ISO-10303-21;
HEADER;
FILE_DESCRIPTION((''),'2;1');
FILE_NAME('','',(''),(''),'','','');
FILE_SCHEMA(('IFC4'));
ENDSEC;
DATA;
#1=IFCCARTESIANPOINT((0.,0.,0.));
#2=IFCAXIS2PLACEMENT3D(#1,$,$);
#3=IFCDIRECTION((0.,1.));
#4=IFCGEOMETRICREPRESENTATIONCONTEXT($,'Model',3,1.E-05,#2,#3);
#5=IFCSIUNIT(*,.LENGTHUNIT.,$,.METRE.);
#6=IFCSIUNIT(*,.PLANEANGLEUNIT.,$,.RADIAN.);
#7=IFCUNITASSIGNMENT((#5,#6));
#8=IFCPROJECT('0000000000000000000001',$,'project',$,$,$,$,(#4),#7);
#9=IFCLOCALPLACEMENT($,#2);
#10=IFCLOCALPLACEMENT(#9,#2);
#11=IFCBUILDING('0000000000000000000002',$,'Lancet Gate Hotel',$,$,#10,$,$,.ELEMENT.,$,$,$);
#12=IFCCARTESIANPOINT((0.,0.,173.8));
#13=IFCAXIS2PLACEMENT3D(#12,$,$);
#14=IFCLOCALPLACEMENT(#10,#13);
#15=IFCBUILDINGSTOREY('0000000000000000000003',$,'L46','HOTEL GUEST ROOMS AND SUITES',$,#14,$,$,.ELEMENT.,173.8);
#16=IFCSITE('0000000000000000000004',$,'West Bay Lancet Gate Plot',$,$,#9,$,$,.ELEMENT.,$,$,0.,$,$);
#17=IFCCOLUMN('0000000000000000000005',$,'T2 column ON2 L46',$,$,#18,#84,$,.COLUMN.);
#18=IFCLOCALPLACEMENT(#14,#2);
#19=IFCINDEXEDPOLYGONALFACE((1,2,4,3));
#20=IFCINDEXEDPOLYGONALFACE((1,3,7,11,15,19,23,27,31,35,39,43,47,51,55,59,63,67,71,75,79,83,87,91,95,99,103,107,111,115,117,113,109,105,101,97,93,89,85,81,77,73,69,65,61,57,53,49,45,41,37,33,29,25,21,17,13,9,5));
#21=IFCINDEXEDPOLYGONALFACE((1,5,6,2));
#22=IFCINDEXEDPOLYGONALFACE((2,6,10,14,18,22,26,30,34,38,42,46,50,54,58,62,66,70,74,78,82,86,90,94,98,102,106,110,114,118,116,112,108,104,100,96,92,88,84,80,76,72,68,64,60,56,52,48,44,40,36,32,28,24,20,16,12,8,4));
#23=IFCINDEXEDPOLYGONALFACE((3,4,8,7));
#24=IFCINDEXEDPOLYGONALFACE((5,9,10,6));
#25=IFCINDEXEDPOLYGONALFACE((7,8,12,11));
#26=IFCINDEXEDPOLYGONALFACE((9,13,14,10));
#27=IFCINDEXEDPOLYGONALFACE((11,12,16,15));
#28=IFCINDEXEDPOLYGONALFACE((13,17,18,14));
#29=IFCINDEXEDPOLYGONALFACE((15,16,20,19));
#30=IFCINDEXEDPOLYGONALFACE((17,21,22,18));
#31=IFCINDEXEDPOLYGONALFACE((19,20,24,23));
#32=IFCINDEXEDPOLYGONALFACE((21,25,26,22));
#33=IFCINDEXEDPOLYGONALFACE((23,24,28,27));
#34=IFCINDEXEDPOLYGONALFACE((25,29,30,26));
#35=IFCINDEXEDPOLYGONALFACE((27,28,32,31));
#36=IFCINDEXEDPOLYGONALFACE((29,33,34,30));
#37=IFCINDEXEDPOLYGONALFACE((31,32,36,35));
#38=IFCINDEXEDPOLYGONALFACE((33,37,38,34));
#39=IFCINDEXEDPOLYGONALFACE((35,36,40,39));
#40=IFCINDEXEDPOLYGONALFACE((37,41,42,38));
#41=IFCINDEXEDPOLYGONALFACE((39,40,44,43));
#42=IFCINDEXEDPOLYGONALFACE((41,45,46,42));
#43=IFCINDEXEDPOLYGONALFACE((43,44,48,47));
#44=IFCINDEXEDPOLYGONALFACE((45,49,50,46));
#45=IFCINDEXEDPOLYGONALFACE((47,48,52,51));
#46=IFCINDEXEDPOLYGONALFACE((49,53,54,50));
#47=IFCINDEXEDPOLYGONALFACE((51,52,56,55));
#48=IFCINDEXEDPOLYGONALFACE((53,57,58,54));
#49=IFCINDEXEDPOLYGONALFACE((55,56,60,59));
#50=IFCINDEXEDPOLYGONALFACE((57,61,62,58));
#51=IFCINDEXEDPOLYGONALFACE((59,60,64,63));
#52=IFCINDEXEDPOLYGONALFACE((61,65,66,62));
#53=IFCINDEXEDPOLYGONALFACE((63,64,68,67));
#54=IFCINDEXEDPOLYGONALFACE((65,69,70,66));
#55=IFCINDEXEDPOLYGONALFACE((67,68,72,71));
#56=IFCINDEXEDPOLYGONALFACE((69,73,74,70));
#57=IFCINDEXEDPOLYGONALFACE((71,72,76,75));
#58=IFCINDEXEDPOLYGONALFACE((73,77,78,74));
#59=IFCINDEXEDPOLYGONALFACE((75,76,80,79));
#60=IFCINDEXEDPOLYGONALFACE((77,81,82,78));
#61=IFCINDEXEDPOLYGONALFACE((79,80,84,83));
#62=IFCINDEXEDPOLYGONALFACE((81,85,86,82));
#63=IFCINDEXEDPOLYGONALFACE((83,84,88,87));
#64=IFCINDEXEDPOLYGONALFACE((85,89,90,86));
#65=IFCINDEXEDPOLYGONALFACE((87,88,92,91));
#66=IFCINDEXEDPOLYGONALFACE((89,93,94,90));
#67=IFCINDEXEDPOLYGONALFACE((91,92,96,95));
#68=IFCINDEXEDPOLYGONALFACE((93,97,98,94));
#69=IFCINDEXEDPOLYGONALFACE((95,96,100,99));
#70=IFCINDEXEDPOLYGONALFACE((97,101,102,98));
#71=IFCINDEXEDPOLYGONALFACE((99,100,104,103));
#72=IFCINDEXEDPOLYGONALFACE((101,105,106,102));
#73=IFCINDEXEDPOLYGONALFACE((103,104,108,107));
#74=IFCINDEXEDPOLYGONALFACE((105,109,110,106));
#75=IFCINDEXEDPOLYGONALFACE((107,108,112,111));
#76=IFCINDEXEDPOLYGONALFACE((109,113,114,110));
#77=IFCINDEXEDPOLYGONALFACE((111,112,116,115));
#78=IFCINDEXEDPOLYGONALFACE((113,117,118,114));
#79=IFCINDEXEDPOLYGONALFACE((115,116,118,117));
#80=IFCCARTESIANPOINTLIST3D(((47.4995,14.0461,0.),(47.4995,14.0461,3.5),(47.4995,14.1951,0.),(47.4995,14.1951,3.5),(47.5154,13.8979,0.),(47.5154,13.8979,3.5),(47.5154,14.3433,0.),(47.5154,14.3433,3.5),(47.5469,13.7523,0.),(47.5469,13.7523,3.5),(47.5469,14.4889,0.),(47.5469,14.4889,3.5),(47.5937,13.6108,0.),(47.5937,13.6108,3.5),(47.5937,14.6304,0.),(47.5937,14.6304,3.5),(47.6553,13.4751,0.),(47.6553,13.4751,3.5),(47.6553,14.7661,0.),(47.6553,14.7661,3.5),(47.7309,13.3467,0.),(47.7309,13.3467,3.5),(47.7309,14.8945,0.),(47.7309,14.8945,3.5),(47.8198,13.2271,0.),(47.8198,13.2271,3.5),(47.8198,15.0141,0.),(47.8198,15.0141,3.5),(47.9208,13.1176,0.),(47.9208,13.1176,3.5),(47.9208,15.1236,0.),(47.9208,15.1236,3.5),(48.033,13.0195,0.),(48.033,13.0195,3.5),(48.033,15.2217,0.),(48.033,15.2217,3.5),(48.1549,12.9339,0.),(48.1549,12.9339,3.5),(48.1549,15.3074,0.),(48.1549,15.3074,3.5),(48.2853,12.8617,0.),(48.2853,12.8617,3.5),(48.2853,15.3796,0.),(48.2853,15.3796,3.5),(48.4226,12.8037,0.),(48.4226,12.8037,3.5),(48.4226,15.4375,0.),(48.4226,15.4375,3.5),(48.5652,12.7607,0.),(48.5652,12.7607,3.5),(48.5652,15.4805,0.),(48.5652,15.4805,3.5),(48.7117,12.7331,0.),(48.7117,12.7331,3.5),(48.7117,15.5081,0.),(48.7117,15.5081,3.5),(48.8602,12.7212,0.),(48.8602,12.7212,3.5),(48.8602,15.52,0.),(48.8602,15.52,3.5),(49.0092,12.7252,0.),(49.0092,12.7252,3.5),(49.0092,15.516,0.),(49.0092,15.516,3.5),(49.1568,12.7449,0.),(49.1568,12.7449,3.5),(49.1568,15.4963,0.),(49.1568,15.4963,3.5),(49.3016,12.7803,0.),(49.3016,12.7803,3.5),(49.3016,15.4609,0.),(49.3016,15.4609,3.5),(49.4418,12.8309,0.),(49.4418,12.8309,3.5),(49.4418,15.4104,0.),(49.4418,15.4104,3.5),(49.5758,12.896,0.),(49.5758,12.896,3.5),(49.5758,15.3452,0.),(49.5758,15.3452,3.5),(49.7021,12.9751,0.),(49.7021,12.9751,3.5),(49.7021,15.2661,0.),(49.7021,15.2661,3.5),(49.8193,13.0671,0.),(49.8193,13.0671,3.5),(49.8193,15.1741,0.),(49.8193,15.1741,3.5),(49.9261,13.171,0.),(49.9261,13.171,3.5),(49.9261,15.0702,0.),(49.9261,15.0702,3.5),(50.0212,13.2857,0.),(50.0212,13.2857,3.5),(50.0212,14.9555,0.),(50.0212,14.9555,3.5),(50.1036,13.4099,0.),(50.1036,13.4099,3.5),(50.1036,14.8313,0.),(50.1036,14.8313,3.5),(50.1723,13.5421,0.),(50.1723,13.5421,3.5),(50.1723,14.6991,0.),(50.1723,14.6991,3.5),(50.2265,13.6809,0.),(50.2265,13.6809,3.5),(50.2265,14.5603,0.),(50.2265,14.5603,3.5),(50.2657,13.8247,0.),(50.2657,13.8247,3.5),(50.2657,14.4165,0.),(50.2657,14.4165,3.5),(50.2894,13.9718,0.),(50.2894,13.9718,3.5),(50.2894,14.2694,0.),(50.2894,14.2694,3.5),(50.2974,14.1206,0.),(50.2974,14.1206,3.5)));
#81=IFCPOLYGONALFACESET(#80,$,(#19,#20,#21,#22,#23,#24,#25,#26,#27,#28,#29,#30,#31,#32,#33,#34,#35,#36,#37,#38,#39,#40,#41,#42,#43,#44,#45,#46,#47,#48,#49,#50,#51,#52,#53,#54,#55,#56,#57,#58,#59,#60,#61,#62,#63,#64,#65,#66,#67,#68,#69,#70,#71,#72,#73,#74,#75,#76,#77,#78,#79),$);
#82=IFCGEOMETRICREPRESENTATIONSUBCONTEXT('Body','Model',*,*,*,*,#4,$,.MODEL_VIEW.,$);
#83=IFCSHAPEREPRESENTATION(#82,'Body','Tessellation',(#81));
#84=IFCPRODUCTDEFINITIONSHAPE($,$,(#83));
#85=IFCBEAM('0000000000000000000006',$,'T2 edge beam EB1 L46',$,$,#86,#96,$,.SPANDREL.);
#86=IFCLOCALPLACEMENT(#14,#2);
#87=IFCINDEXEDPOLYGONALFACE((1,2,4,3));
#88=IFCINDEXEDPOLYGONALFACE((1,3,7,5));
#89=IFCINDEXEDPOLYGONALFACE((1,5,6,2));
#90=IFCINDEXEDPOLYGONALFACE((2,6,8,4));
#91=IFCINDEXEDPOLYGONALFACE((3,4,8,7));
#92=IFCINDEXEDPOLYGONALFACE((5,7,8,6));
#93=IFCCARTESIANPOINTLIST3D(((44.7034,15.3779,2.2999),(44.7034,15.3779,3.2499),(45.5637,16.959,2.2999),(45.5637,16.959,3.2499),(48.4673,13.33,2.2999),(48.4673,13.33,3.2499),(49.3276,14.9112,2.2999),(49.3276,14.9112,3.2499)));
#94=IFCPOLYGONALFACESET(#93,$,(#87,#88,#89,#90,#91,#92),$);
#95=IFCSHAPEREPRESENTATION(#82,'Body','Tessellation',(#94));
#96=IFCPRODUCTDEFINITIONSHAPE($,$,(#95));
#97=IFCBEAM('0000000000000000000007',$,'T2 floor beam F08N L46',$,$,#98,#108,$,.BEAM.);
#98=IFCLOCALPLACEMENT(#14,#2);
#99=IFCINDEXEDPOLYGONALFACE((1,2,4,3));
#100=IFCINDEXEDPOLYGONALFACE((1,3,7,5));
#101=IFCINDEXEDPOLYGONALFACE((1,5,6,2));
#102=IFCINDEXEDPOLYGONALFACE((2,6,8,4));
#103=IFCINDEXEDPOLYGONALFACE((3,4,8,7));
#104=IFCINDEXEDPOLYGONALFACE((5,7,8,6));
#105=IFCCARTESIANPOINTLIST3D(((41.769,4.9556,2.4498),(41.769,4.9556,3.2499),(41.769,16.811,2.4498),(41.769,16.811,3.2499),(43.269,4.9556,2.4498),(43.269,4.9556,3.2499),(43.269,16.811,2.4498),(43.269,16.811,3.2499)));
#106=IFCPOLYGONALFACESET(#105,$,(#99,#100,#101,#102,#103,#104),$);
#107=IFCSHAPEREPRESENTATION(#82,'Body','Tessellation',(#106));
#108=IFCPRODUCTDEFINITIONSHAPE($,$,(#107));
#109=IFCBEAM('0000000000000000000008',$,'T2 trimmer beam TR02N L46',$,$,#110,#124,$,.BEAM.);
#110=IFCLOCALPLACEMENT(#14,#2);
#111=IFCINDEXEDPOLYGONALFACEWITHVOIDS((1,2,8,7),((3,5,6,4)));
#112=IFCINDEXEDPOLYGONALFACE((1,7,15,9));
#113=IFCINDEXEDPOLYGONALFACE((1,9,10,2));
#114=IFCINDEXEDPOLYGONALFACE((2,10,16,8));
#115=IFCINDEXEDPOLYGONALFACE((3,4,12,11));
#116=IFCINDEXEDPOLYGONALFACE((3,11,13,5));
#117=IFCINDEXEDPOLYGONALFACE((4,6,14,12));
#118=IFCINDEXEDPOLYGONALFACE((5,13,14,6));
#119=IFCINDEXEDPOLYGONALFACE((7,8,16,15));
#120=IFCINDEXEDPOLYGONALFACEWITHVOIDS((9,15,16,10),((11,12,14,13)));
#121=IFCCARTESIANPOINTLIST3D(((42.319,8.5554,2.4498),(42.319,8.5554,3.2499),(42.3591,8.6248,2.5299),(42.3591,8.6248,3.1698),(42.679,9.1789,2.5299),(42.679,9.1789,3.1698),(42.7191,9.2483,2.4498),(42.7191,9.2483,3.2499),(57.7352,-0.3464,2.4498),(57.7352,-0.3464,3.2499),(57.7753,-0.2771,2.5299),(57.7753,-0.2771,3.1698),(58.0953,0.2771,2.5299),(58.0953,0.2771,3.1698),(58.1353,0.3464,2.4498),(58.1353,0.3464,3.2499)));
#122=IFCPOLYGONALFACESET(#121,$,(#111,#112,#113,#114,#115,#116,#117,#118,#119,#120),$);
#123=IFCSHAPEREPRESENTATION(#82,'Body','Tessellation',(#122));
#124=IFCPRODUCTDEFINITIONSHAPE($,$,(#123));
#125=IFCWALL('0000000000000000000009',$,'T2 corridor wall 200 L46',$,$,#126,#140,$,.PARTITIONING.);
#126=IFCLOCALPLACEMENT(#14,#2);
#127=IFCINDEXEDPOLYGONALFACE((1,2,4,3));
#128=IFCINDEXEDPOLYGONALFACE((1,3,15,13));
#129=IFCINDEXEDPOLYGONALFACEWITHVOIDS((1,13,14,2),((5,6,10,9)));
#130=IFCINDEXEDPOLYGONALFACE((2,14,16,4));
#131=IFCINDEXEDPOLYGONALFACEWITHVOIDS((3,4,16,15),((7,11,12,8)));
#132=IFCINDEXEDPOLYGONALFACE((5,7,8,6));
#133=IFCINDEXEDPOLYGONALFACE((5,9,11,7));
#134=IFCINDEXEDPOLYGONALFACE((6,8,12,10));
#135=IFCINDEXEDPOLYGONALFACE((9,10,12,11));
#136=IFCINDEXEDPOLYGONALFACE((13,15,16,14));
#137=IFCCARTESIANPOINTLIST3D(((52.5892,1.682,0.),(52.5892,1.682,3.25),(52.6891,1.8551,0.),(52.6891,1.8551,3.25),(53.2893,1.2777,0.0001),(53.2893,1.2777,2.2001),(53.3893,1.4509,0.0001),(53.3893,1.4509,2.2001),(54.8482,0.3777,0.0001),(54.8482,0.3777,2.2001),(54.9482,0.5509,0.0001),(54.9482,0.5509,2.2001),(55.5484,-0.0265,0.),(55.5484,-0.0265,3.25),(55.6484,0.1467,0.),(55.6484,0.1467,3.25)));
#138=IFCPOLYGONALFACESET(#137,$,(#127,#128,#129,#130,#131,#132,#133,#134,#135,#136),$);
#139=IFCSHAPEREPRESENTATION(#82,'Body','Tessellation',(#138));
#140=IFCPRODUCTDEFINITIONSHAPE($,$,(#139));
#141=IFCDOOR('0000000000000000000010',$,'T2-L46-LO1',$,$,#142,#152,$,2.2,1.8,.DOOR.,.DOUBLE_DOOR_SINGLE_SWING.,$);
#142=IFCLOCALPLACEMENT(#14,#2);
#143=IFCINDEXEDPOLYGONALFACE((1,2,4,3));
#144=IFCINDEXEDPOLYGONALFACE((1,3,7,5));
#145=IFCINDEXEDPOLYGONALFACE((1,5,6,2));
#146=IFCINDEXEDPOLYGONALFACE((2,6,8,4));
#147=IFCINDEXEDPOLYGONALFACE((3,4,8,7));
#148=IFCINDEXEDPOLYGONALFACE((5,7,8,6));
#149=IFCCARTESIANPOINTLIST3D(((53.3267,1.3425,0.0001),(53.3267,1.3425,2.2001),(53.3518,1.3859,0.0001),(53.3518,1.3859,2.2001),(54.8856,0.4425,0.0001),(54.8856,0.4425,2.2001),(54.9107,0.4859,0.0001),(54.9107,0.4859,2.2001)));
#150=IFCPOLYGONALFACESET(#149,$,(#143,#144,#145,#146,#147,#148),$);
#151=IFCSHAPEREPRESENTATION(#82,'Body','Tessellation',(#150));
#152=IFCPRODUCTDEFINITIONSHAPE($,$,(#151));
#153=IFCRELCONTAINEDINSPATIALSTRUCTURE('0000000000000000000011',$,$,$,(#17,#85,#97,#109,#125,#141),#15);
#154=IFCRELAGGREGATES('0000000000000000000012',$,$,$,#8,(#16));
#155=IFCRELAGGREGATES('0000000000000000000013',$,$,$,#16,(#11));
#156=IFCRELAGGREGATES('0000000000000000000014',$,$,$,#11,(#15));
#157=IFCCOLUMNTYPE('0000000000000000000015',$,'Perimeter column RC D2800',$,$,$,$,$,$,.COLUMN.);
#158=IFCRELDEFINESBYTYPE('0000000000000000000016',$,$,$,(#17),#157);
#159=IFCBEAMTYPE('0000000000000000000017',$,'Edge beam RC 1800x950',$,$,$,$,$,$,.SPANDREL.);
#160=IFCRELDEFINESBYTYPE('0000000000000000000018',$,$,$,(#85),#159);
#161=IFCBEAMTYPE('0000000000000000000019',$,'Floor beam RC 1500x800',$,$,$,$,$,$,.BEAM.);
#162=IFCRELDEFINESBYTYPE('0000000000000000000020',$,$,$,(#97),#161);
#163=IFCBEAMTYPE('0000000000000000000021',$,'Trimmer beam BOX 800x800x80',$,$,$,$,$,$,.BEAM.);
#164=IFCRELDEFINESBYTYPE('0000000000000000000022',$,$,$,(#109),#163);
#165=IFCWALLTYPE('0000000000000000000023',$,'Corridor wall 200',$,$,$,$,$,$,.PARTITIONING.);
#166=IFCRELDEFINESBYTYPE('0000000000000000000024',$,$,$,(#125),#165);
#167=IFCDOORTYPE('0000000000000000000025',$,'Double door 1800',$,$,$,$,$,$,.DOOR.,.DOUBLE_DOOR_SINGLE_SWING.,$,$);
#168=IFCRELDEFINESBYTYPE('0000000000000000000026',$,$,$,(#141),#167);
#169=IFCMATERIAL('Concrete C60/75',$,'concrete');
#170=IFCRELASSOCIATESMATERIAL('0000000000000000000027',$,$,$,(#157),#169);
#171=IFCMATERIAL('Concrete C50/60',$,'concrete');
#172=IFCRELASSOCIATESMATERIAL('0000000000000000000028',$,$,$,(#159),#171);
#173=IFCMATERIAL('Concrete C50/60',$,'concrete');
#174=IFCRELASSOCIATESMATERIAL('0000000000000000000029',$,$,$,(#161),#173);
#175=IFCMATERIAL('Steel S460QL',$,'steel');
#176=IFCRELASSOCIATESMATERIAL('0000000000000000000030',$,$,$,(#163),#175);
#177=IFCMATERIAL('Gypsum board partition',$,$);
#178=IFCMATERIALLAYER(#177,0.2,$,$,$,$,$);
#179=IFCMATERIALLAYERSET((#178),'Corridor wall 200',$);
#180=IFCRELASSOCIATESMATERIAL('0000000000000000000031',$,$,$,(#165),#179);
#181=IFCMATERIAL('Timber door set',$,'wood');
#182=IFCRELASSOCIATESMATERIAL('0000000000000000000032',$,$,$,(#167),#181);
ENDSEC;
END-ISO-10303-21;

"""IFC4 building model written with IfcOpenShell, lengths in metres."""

from ifc_helpers import new_model, si_unit, direction, frame, frame_2d, origin, origin_2d, place, context, subcontext, project, spatial, rectangle, hollow_rectangle, circle, extrude, material, layer, layer_set, material_profile, profile_set, type_object, element, fill, save


model = new_model("IFC4")

# Units and contexts
model_context = context("Model", 3, precision=1e-05, world=origin(), true_north=direction((0.0, 1.0)))
body_context = subcontext(model_context, "Body", "Model", "MODEL_VIEW")
ifc_project = project(units=[si_unit("LENGTHUNIT", "METRE"), si_unit("PLANEANGLEUNIT", "RADIAN")], contexts=[model_context])

# Site, building, storey
site_placement = place(None, origin())
site = spatial("IfcSite", under=ifc_project, at=site_placement, Name="West Bay Lancet Gate Plot", CompositionType="ELEMENT", RefElevation=0.0)
building_placement = place(site_placement, origin())
building = spatial("IfcBuilding", under=site, at=building_placement, Name="Lancet Gate Hotel", CompositionType="ELEMENT")
storey_placement = place(building_placement, frame((0.0, 0.0, 173.8)))
storey = spatial("IfcBuildingStorey", under=building, at=storey_placement, Name="L46", Description="HOTEL GUEST ROOMS AND SUITES", CompositionType="ELEMENT", Elevation=173.8)

# Column
ifc_material_1 = material(Name="Concrete C60/75", Category="concrete")
ifc_material_profile_1 = material_profile(ifc_material_1, circle(Radius=1.3999, at=origin_2d()), Name="RC D2800")
ifc_profile_set_1 = profile_set([ifc_material_profile_1], Name="Concrete C60/75")
column_type = type_object("IfcColumnType", Name="Perimeter column RC D2800", PredefinedType="COLUMN", material=ifc_profile_set_1)
column_placement = place(storey_placement, frame((48.8975, 14.1206, 0.0), z_axis=(0.0, 0.0, 1.0), x_axis=(1.0, 0.0, 0.0)))
element("IfcColumn", 1, at=column_placement, inside=storey, type_object=column_type, Name="T2 column ON2 L46", PredefinedType="COLUMN", context=body_context, shape_type="SweptSolid", body=[
    extrude(circle(Radius=1.3999, at=origin_2d()), origin(), (0.0, 0.0, 1.0), 3.5),
])

# Beams
ifc_material_2 = material(Name="Concrete C50/60", Category="concrete")
ifc_material_profile_2 = material_profile(ifc_material_2, rectangle(XDim=1.8, YDim=0.95, at=origin_2d()), Name="RC 1800x950")
ifc_profile_set_2 = profile_set([ifc_material_profile_2], Name="Concrete C50/60")
beam_type_1 = type_object("IfcBeamType", Name="Edge beam RC 1800x950", PredefinedType="SPANDREL", material=ifc_profile_set_2)
beam_1_placement = place(storey_placement, frame((48.8975, 14.1206, 2.7749), z_axis=(-0.878405, 0.477918, 0.0), x_axis=(-0.477918, -0.878405, 0.0)))
element("IfcBeam", 2, at=beam_1_placement, inside=storey, type_object=beam_type_1, Name="T2 edge beam EB1 L46", PredefinedType="SPANDREL", context=body_context, shape_type="SweptSolid", body=[
    extrude(rectangle(XDim=1.8, YDim=0.95, at=origin_2d()), origin(), (0.0, 0.0, 1.0), 4.2849),
])
ifc_material_3 = material(Name="Concrete C50/60", Category="concrete")
ifc_material_profile_3 = material_profile(ifc_material_3, rectangle(XDim=1.5, YDim=0.8, at=origin_2d()), Name="RC 1500x800")
ifc_profile_set_3 = profile_set([ifc_material_profile_3], Name="Concrete C50/60")
beam_type_2 = type_object("IfcBeamType", Name="Floor beam RC 1500x800", PredefinedType="BEAM", material=ifc_profile_set_3)
beam_2_placement = place(storey_placement, frame((42.519, 4.9556, 2.8499), z_axis=(0.0, 1.0, 0.0), x_axis=(-1.0, 0.0, 0.0)))
element("IfcBeam", 3, at=beam_2_placement, inside=storey, type_object=beam_type_2, Name="T2 floor beam F08N L46", PredefinedType="BEAM", context=body_context, shape_type="SweptSolid", body=[
    extrude(rectangle(XDim=1.5, YDim=0.8, at=origin_2d()), origin(), (0.0, 0.0, 1.0), 11.8555),
])
ifc_material_4 = material(Name="Steel S460QL", Category="steel")
ifc_material_profile_4 = material_profile(ifc_material_4, hollow_rectangle(XDim=0.8, YDim=0.8, WallThickness=0.0801, at=origin_2d()), Name="BOX 800x800x80")
ifc_profile_set_4 = profile_set([ifc_material_profile_4], Name="Steel S460QL")
beam_type_3 = type_object("IfcBeamType", Name="Trimmer beam BOX 800x800x80", PredefinedType="BEAM", material=ifc_profile_set_4)
beam_3_placement = place(storey_placement, frame((42.519, 8.9019, 2.8499), z_axis=(0.865994, -0.500054, 0.0), x_axis=(0.500054, 0.865994, 0.0)))
element("IfcBeam", 4, at=beam_3_placement, inside=storey, type_object=beam_type_3, Name="T2 trimmer beam TR02N L46", PredefinedType="BEAM", context=body_context, shape_type="SweptSolid", body=[
    extrude(hollow_rectangle(XDim=0.8, YDim=0.8, WallThickness=0.0801, at=origin_2d()), origin(), (0.0, 0.0, 1.0), 17.8018),
])

# Wall, opening, door
ifc_material_5 = material(Name="Gypsum board partition")
ifc_layer_1 = layer(ifc_material_5, 0.2)
ifc_layer_set_1 = layer_set([ifc_layer_1], Name="Corridor wall 200")
wall_type_1 = type_object("IfcWallType", Name="Corridor wall 200", PredefinedType="PARTITIONING", material=ifc_layer_set_1)
wall_1_placement = place(storey_placement, frame((52.6392, 1.7686, 0.0), z_axis=(0.0, 0.0, 1.0), x_axis=(0.866027, -0.499997, 0.0)))
wall_1 = element("IfcWall", 5, at=wall_1_placement, inside=storey, type_object=wall_type_1, Name="T2 corridor wall 200 L46", PredefinedType="PARTITIONING", context=body_context, shape_type="SweptSolid", body=[
    extrude(rectangle(XDim=3.417, YDim=0.2, at=frame_2d((1.7085, 0.0))), origin(), (0.0, 0.0, 1.0), 3.25),
])
opening_1_placement = place(wall_1_placement, frame((0.8086, 0.0, 0.0)))
opening_1 = element("IfcOpeningElement", 6, at=opening_1_placement, cuts=wall_1, PredefinedType="OPENING", context=body_context, shape_type="SweptSolid", body=[
    extrude(rectangle(XDim=1.8, YDim=2.2, at=frame_2d((0.8999, 1.1001))), frame((0.0, 0.1099, 0.0), z_axis=(0.0, -1.0, 0.0), x_axis=(1.0, 0.0, 0.0)), (0.0, 0.0, 1.0), 0.22),
])
ifc_material_6 = material(Name="Timber door set", Category="wood")
door_type_1 = type_object("IfcDoorType", Name="Double door 1800", OperationType="DOUBLE_DOOR_SINGLE_SWING", PredefinedType="DOOR", material=ifc_material_6)
door_1_placement = place(opening_1_placement, origin())
door_1 = element("IfcDoor", 7, at=door_1_placement, inside=storey, type_object=door_type_1, Name="T2-L46-LO1", OperationType="DOUBLE_DOOR_SINGLE_SWING", OverallHeight=2.2, OverallWidth=1.8, PredefinedType="DOOR", context=body_context, shape_type="SweptSolid", body=[
    extrude(rectangle(XDim=1.8, YDim=2.2, at=frame_2d((0.8999, 1.1001))), frame((0.0, 0.0249, 0.0), z_axis=(0.0, -1.0, 0.0), x_axis=(1.0, 0.0, 0.0)), (0.0, 0.0, 1.0), 0.05),
])
fill(opening_1, door_1)

save(model, "model.ifc")
